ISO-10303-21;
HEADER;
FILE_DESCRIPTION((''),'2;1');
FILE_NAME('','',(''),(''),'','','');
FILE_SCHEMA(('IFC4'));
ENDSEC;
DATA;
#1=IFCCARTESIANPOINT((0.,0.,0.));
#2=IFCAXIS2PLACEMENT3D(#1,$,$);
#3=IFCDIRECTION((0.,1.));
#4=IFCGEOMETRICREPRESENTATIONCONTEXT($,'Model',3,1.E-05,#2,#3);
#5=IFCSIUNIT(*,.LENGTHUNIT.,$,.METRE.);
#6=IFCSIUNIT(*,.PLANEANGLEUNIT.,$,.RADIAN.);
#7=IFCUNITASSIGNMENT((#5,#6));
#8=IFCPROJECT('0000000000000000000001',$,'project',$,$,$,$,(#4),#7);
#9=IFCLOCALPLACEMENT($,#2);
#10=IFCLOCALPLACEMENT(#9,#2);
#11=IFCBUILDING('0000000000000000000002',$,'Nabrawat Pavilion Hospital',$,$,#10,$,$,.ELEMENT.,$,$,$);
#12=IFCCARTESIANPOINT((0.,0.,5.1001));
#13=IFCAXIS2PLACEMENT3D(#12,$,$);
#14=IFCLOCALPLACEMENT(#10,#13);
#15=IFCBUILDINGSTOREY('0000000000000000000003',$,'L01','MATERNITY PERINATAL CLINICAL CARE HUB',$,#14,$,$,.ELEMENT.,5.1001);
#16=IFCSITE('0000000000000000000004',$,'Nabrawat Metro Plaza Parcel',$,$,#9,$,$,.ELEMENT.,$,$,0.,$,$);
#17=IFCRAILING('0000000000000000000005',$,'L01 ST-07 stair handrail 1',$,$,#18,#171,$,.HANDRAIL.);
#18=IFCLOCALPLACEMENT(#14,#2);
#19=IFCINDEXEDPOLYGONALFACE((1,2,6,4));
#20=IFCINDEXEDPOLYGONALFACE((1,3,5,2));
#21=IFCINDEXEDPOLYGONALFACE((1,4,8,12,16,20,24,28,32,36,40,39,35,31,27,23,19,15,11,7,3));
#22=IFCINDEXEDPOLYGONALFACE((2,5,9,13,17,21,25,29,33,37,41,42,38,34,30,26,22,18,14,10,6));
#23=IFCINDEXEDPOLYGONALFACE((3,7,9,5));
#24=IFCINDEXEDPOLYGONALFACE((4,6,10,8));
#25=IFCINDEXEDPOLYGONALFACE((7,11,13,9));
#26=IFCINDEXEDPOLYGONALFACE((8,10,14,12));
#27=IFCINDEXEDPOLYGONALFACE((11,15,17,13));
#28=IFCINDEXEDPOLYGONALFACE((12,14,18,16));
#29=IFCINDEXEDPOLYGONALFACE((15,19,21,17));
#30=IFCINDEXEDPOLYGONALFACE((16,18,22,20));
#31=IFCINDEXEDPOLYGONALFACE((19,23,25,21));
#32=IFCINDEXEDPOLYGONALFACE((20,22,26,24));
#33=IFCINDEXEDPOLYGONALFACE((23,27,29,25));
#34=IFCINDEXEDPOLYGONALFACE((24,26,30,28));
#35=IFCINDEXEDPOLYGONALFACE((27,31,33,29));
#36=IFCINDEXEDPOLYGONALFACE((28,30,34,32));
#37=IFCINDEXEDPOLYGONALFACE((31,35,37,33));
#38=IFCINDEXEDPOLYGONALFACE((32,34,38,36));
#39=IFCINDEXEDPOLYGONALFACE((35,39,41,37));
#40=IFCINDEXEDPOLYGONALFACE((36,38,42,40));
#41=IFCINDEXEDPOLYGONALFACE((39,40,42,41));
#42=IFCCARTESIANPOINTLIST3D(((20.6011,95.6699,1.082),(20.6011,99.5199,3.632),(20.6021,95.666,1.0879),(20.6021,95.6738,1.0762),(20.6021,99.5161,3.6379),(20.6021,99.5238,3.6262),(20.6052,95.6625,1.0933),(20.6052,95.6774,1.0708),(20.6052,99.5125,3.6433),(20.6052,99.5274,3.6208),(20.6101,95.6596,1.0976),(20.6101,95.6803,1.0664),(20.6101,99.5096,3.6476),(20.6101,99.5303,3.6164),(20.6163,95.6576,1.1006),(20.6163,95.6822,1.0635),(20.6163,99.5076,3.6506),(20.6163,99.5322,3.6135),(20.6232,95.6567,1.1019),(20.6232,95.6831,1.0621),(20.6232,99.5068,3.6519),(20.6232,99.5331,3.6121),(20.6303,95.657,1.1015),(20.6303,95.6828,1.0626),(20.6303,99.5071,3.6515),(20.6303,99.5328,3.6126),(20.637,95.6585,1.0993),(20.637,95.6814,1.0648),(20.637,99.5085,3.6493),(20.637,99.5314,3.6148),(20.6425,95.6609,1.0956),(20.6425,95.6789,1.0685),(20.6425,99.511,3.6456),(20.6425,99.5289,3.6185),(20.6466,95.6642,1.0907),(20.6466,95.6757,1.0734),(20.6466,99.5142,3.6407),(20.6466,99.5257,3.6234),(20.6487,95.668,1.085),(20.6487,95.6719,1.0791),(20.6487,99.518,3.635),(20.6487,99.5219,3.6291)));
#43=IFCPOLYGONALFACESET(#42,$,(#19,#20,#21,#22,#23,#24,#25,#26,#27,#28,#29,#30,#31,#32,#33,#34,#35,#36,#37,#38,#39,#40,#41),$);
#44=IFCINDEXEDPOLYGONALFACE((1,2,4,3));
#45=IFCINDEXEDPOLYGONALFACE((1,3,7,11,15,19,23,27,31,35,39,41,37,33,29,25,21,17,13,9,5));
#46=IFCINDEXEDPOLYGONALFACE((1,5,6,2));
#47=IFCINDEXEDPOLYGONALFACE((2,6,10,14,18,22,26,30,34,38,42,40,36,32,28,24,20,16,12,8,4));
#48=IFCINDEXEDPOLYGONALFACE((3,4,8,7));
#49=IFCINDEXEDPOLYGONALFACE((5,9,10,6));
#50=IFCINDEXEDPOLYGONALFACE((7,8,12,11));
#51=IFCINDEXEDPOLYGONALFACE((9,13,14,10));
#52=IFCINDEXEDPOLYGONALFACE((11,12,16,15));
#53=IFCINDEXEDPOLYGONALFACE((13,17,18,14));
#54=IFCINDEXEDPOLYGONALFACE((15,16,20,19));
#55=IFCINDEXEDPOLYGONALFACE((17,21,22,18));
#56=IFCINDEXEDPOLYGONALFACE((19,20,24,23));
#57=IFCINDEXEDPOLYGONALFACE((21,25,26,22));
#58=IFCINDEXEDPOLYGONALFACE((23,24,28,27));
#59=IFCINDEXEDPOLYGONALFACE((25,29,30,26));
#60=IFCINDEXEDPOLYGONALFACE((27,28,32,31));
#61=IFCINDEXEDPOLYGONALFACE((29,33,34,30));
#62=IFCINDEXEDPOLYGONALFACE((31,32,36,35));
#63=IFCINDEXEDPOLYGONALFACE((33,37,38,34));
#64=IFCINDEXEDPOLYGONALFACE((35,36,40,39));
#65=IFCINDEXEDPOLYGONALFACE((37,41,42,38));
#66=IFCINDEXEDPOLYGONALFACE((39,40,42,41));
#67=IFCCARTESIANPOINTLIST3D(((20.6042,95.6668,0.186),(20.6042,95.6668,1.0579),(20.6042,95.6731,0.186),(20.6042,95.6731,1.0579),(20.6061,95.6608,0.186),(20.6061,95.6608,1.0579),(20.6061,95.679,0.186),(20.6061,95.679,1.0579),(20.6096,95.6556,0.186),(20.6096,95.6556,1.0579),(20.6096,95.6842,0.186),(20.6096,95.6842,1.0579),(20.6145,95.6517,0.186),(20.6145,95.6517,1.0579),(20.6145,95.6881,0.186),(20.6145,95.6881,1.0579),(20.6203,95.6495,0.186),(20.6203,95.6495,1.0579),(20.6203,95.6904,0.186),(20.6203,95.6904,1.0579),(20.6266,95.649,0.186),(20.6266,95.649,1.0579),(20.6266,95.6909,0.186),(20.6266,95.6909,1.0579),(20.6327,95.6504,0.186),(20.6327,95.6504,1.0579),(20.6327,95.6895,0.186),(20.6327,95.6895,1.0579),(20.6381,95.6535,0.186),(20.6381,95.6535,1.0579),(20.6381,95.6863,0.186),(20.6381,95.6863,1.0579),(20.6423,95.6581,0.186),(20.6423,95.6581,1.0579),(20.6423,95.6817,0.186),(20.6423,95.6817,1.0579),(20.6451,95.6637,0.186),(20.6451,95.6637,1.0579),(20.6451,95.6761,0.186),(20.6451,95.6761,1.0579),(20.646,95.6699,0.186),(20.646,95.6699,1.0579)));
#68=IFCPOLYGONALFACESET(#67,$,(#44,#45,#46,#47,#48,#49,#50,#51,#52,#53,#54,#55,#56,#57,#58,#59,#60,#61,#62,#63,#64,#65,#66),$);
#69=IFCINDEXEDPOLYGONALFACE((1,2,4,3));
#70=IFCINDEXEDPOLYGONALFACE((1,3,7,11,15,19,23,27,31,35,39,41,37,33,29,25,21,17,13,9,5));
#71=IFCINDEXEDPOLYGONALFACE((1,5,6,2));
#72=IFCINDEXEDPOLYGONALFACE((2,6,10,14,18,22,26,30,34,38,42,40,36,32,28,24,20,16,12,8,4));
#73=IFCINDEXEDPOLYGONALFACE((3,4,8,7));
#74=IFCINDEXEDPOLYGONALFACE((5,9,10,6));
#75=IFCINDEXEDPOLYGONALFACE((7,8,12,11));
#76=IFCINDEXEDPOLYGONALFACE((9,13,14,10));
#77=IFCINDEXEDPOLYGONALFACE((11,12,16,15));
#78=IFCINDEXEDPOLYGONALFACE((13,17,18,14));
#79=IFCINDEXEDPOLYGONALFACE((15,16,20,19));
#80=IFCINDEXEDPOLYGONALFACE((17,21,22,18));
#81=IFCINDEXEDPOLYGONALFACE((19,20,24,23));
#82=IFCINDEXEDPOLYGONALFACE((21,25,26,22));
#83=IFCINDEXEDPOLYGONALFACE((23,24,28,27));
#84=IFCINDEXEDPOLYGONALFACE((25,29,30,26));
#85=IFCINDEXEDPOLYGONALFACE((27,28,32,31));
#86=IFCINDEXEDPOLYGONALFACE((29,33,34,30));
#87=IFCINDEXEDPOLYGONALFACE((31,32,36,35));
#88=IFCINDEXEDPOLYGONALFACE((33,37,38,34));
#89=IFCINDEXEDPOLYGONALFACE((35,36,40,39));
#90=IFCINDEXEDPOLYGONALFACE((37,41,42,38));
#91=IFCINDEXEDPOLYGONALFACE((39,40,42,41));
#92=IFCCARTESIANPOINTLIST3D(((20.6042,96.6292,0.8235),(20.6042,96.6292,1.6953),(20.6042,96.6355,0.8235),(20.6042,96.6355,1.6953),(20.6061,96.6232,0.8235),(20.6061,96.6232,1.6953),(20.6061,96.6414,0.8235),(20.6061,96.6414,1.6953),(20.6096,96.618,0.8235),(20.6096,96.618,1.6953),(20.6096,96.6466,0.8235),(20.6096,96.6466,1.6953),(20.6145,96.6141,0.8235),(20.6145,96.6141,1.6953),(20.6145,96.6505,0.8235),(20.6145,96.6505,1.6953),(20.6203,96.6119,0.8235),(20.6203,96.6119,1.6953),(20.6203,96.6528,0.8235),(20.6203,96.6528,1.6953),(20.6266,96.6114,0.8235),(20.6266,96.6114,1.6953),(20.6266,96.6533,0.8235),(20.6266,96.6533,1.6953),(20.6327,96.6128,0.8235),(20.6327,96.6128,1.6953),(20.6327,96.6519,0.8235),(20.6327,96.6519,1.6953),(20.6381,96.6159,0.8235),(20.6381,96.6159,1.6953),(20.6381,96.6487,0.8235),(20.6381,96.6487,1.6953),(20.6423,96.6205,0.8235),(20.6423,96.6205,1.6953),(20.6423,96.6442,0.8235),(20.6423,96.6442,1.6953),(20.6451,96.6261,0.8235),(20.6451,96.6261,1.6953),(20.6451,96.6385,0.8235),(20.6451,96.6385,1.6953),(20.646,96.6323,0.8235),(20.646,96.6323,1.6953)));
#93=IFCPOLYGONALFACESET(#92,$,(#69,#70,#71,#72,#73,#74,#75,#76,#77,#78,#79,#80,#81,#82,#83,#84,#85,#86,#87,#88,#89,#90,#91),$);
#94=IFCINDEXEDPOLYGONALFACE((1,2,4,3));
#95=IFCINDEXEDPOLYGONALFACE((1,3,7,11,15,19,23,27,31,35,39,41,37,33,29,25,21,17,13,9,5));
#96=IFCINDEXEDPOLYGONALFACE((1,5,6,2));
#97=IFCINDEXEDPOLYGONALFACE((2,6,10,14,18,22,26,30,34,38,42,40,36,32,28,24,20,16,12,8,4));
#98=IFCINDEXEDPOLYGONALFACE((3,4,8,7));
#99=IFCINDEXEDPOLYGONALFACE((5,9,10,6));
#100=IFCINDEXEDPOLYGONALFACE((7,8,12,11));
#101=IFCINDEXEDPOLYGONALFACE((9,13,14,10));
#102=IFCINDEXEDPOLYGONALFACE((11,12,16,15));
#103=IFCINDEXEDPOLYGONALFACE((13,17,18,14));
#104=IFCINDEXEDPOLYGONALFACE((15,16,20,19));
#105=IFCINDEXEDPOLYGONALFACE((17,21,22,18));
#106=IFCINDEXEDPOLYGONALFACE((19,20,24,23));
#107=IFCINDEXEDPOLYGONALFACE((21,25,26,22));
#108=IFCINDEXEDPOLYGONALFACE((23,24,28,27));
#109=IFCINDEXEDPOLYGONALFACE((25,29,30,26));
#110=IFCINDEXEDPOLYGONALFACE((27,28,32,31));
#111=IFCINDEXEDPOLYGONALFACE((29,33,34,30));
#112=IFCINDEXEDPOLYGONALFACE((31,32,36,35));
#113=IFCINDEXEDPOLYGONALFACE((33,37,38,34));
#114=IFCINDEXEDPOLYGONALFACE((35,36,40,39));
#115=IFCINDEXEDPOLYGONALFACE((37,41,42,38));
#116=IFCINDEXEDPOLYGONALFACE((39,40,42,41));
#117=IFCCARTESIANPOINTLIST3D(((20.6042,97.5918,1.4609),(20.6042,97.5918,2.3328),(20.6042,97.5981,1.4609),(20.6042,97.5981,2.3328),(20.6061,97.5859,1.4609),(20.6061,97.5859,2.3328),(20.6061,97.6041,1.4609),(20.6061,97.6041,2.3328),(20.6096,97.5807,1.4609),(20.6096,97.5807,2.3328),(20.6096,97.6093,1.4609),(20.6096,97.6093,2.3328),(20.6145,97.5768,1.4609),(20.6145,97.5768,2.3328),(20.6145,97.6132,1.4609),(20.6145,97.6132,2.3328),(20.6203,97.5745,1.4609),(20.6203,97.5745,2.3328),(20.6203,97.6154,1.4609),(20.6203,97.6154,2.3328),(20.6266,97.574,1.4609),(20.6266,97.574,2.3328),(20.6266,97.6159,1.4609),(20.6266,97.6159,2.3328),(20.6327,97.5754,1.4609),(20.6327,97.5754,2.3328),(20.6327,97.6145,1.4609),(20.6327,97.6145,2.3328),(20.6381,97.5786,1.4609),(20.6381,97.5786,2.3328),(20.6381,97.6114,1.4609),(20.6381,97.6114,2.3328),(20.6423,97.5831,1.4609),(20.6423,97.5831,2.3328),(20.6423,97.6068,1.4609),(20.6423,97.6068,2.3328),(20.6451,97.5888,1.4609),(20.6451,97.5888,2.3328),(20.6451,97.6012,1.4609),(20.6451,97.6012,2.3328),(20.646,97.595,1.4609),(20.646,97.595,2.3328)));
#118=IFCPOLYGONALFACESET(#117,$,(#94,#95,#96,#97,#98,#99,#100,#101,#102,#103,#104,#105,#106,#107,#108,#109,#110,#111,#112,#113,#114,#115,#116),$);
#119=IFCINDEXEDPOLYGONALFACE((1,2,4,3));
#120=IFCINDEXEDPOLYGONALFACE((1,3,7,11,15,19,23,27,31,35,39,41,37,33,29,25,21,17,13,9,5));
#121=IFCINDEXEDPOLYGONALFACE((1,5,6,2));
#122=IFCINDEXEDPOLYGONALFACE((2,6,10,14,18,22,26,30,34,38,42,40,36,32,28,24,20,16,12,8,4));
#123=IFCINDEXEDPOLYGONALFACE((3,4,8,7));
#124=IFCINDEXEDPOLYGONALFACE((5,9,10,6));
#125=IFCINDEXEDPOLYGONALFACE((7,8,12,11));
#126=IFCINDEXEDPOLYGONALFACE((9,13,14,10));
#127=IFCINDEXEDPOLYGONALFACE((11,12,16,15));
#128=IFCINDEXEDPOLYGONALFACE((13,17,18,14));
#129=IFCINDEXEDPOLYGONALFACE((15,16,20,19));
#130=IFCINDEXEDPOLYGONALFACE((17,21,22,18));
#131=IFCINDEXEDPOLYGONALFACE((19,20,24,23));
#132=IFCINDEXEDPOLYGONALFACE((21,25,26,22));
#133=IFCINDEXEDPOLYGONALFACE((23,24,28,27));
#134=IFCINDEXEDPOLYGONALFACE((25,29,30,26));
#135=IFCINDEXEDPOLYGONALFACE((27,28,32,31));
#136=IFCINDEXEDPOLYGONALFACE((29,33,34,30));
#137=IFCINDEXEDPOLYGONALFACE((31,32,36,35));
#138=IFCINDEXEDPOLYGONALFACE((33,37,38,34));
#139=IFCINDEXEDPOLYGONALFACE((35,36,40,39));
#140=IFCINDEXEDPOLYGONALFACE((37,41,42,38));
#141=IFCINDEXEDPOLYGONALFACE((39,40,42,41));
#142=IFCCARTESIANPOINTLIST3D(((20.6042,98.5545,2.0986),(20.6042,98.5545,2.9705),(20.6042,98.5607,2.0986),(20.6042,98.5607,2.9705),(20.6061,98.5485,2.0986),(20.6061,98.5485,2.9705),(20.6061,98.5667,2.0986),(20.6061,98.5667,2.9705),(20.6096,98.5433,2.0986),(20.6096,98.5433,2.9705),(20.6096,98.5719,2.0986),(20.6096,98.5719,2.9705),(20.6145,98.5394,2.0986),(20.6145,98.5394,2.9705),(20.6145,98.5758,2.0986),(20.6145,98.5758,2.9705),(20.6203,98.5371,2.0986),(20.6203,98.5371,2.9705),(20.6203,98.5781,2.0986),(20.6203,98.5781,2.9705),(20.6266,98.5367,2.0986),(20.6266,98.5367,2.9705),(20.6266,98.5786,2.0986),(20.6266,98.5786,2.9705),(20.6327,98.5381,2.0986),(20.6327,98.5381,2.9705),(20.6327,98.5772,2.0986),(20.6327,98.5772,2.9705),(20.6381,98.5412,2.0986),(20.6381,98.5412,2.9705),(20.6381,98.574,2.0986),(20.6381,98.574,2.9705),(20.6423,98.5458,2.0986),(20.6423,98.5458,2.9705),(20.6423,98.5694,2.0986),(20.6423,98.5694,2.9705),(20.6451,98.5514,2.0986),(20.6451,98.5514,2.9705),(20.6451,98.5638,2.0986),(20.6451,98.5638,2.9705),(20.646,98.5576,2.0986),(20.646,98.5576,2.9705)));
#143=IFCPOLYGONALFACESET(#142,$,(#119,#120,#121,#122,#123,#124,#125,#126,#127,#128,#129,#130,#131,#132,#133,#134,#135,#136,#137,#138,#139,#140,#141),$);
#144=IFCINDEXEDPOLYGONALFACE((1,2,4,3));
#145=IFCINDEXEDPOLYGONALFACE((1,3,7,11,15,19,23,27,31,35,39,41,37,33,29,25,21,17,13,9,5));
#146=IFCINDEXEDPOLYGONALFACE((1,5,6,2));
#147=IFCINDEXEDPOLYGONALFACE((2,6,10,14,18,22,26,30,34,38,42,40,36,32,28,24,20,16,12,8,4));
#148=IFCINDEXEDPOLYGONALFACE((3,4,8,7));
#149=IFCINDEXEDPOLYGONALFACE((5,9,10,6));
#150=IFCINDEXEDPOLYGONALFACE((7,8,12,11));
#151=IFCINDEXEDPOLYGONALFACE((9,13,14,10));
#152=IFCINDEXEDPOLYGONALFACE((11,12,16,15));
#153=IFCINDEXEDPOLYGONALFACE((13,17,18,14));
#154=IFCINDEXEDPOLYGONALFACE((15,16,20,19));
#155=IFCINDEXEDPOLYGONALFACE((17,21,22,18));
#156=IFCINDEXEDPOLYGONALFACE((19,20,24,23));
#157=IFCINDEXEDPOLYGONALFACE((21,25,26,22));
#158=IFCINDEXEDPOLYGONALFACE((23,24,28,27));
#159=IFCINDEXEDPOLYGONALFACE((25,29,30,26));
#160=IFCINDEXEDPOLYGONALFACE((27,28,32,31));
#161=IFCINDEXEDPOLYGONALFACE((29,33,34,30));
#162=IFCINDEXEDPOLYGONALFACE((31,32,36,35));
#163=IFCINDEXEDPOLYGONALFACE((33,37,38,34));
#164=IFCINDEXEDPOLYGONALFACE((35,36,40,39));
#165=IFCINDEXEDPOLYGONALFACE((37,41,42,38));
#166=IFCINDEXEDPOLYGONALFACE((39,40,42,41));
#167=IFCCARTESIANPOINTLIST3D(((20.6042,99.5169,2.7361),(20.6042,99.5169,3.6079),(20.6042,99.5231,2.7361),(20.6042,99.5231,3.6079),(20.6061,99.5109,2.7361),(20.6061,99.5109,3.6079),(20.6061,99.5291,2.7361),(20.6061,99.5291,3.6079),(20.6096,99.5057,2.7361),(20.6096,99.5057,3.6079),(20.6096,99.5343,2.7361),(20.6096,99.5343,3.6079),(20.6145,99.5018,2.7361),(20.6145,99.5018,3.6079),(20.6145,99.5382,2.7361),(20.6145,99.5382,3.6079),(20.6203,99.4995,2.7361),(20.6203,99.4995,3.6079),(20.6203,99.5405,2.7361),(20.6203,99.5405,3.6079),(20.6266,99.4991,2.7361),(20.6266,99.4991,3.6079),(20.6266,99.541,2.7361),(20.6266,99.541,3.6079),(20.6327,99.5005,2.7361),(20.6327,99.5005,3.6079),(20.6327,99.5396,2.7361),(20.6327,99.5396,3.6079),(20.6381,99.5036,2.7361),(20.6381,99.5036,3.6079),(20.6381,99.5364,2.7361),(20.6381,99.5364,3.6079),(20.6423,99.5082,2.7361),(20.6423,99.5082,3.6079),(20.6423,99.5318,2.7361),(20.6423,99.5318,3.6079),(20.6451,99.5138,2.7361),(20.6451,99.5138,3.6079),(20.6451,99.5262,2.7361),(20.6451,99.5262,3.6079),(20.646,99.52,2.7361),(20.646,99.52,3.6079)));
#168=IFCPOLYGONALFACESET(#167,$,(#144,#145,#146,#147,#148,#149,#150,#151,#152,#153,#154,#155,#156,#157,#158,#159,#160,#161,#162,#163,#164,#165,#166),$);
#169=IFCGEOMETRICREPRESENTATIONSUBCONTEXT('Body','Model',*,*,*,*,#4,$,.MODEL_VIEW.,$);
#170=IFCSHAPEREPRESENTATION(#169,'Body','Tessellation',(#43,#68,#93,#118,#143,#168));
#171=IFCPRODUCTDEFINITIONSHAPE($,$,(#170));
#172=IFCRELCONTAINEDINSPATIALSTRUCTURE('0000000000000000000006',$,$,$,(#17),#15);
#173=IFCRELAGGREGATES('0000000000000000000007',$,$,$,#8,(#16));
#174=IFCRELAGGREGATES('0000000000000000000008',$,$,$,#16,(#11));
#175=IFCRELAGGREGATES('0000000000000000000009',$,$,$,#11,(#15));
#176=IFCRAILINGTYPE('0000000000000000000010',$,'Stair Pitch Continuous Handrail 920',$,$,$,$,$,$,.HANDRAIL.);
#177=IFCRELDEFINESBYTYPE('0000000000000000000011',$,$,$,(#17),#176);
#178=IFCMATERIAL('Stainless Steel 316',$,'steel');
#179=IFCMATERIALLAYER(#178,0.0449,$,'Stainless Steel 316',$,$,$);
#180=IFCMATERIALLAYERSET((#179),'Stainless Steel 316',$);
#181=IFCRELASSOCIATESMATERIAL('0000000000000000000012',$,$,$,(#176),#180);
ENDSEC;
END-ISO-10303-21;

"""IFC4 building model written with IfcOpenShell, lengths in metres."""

from ifc_helpers import new_model, si_unit, direction, frame, origin, origin_2d, place, context, subcontext, project, spatial, circle, extrude, material, layer, layer_set, type_object, element, save


model = new_model("IFC4")

# Units and contexts
model_context = context("Model", 3, precision=1e-05, world=origin(), true_north=direction((0.0, 1.0)))
body_context = subcontext(model_context, "Body", "Model", "MODEL_VIEW")
ifc_project = project(units=[si_unit("LENGTHUNIT", "METRE"), si_unit("PLANEANGLEUNIT", "RADIAN")], contexts=[model_context])

# Site, building, storey
site_placement = place(None, origin())
site = spatial("IfcSite", under=ifc_project, at=site_placement, Name="Nabrawat Metro Plaza Parcel", CompositionType="ELEMENT", RefElevation=0.0)
building_placement = place(site_placement, origin())
building = spatial("IfcBuilding", under=site, at=building_placement, Name="Nabrawat Pavilion Hospital", CompositionType="ELEMENT")
storey_placement = place(building_placement, frame((0.0, 0.0, 5.1001)))
storey = spatial("IfcBuildingStorey", under=building, at=storey_placement, Name="L01", Description="MATERNITY PERINATAL CLINICAL CARE HUB", CompositionType="ELEMENT", Elevation=5.1001)

# Railing
ifc_material_1 = material(Name="Stainless Steel 316", Category="steel")
ifc_layer_1 = layer(ifc_material_1, 0.0449, Name="Stainless Steel 316")
ifc_layer_set_1 = layer_set([ifc_layer_1], Name="Stainless Steel 316")
railing_type_1 = type_object("IfcRailingType", Name="Stair Pitch Continuous Handrail 920", PredefinedType="HANDRAIL", material=ifc_layer_set_1)
railing_1_placement = place(storey_placement, frame((20.625, 95.6699, 0.186)))
element("IfcRailing", 1, at=railing_1_placement, inside=storey, type_object=railing_type_1, Name="L01 ST-07 stair handrail 1", PredefinedType="HANDRAIL", context=body_context, shape_type="SweptSolid", body=[
    extrude(circle(Radius=0.0239, at=origin_2d()), frame((0.0, 0.0, 0.896), z_axis=(0.0, 0.833714, 0.552197), x_axis=(-1.0, 0.0, 0.0)), (0.0, 0.0, 1.0), 4.6179),
    extrude(circle(Radius=0.021, at=origin_2d()), origin(), (0.0, 0.0, 1.0), 0.8718),
    extrude(circle(Radius=0.021, at=origin_2d()), frame((0.0, 0.9624, 0.6375)), (0.0, 0.0, 1.0), 0.8718),
    extrude(circle(Radius=0.021, at=origin_2d()), frame((0.0, 1.925, 1.2749)), (0.0, 0.0, 1.0), 0.8718),
    extrude(circle(Radius=0.021, at=origin_2d()), frame((0.0, 2.8877, 1.9126)), (0.0, 0.0, 1.0), 0.8718),
    extrude(circle(Radius=0.021, at=origin_2d()), frame((0.0, 3.8501, 2.55)), (0.0, 0.0, 1.0), 0.8718),
])

save(model, "model.ifc")
